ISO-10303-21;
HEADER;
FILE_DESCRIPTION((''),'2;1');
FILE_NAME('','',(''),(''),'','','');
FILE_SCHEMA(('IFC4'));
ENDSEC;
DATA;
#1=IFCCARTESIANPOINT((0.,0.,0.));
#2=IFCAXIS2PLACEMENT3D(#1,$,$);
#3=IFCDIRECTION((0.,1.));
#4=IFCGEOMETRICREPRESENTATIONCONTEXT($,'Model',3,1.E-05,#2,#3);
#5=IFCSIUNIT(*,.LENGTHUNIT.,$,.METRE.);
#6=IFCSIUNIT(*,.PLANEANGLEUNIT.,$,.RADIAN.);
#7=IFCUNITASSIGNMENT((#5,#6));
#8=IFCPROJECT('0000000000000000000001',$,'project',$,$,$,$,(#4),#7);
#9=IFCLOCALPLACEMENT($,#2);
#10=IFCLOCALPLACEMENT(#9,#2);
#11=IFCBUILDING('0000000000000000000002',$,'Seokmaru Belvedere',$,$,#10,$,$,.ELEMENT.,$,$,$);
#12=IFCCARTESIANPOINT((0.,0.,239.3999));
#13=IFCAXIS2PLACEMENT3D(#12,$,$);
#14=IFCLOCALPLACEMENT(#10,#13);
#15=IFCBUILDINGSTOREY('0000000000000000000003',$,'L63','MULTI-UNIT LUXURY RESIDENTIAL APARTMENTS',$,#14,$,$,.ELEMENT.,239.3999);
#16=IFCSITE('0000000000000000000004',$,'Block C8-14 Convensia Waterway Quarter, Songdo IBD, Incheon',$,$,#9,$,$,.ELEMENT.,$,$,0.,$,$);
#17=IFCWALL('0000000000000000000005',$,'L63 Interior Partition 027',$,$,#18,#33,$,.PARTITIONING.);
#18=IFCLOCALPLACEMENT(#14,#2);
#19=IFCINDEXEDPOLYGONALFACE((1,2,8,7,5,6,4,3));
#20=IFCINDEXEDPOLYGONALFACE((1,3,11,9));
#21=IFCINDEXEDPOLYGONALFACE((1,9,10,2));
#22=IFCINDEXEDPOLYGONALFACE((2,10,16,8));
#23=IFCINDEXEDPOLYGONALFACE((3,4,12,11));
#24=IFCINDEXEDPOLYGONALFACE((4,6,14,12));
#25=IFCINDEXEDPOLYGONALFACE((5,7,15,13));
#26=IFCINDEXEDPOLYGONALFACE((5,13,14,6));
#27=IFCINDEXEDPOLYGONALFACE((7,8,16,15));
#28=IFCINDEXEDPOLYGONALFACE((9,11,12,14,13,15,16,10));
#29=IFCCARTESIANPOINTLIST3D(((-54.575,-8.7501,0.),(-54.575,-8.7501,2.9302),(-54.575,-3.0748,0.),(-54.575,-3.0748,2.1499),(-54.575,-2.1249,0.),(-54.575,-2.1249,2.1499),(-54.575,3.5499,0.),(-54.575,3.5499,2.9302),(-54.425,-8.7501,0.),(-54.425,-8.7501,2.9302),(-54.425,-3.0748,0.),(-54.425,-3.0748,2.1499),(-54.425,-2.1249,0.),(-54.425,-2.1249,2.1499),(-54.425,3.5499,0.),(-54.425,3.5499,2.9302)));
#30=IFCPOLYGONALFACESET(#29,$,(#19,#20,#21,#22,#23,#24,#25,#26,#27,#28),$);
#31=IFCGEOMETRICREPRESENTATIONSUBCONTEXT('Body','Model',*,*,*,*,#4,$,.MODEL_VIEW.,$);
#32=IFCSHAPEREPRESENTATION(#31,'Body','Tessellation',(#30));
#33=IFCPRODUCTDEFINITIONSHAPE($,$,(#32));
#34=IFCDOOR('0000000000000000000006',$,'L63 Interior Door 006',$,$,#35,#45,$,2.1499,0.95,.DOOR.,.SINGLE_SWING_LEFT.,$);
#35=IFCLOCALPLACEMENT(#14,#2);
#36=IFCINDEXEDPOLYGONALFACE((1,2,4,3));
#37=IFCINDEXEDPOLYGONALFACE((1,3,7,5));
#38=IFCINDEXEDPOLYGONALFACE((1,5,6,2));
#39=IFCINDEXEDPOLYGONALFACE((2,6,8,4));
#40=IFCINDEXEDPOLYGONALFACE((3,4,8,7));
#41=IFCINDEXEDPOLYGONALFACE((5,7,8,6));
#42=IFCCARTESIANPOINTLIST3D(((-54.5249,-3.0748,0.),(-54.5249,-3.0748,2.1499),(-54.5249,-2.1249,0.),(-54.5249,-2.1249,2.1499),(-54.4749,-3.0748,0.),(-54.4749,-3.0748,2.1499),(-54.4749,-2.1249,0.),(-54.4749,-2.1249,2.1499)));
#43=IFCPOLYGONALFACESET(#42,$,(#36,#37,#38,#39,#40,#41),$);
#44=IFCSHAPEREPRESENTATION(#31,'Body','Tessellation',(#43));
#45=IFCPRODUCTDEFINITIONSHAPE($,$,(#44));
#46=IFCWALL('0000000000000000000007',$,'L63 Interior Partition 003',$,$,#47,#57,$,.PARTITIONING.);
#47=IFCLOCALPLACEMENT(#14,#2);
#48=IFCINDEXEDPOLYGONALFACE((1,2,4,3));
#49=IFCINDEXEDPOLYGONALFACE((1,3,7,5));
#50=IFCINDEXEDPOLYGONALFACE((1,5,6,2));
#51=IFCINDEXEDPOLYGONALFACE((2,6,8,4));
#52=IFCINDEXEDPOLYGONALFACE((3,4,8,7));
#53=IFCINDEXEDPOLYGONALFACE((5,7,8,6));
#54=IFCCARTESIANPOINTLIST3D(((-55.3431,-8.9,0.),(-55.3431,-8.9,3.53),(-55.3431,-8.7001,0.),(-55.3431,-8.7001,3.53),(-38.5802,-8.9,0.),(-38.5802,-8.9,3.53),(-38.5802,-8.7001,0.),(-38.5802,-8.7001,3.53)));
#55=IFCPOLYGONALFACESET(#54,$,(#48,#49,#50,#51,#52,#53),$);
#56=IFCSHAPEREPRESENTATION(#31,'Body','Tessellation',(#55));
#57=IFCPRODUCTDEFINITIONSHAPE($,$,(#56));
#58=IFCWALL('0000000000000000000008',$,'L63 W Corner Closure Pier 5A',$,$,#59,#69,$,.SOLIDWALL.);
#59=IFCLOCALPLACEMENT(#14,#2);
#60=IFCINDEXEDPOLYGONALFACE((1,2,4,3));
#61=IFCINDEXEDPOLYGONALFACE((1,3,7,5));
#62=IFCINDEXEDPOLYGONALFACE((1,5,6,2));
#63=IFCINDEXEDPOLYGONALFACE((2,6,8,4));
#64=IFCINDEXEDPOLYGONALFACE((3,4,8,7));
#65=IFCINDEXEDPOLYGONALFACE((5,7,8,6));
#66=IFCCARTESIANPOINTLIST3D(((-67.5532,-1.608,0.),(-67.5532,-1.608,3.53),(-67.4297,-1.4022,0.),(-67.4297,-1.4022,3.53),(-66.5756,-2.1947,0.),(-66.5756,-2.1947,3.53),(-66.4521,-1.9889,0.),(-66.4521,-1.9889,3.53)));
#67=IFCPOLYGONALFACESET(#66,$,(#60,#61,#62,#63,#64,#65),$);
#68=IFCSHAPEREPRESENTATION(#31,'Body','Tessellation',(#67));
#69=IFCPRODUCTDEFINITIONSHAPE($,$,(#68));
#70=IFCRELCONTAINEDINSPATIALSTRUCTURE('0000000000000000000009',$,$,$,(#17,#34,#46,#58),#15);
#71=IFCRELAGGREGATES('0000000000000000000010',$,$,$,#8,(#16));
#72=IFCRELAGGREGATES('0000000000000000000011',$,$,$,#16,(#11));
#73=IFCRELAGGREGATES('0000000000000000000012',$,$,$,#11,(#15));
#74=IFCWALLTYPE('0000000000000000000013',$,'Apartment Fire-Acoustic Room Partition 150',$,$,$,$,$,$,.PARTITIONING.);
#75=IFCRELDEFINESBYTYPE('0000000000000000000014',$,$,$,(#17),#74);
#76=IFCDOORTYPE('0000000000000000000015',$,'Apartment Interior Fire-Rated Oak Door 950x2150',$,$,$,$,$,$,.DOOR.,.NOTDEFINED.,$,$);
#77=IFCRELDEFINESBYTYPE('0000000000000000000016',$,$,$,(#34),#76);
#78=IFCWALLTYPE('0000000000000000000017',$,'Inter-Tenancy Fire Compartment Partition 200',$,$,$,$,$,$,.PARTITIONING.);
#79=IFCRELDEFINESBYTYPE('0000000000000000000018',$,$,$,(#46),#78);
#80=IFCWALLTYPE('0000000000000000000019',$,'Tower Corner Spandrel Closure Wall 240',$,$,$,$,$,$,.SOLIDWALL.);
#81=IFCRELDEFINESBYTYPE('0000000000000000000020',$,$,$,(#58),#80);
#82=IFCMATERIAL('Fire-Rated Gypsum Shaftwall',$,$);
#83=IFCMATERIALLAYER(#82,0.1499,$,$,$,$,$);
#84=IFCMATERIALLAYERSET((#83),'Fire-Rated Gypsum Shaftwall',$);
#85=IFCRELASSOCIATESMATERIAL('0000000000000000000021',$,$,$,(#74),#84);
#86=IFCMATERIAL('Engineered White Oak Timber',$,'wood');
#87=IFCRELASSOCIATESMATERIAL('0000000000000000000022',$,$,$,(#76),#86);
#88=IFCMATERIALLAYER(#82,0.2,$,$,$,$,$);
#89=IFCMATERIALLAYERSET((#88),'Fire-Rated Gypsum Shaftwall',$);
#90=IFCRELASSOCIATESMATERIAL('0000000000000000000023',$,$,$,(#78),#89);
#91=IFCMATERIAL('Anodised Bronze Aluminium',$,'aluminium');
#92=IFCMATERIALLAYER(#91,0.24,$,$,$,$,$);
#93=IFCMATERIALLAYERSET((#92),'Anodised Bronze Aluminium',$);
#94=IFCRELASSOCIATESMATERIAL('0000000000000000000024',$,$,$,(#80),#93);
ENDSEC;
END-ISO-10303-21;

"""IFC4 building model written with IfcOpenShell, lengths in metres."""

from ifc_helpers import new_model, si_unit, direction, frame, frame_2d, origin, place, context, subcontext, project, spatial, rectangle, extrude, source, transform, mapped, material, layer, layer_set, type_object, type_shapes, element, fill, save


model = new_model("IFC4")

# Units and contexts
model_context = context("Model", 3, precision=1e-05, world=origin(), true_north=direction((0.0, 1.0)))
body_context = subcontext(model_context, "Body", "Model", "MODEL_VIEW")
ifc_project = project(units=[si_unit("LENGTHUNIT", "METRE"), si_unit("PLANEANGLEUNIT", "RADIAN")], contexts=[model_context])

# Site, building, storey
site_placement = place(None, origin())
site = spatial("IfcSite", under=ifc_project, at=site_placement, Name="Block C8-14 Convensia Waterway Quarter, Songdo IBD, Incheon", CompositionType="ELEMENT", RefElevation=0.0)
building_placement = place(site_placement, origin())
building = spatial("IfcBuilding", under=site, at=building_placement, Name="Seokmaru Belvedere", CompositionType="ELEMENT")
storey_placement = place(building_placement, frame((0.0, 0.0, 239.3999)))
storey = spatial("IfcBuildingStorey", under=building, at=storey_placement, Name="L63", Description="MULTI-UNIT LUXURY RESIDENTIAL APARTMENTS", CompositionType="ELEMENT", Elevation=239.3999)

# Shared definitions
ifc_material_1 = material(Name="Anodised Bronze Aluminium", Category="aluminium")

# Shared definitions
ifc_material_2 = material(Name="Fire-Rated Gypsum Shaftwall")
ifc_layer_1 = layer(ifc_material_2, 0.1499)
ifc_layer_set_1 = layer_set([ifc_layer_1], Name="Fire-Rated Gypsum Shaftwall")
wall_type_1 = type_object("IfcWallType", Name="Apartment Fire-Acoustic Room Partition 150", PredefinedType="PARTITIONING", material=ifc_layer_set_1)
ifc_material_3 = material(Name="Engineered White Oak Timber", Category="wood")
door_type = type_object("IfcDoorType", Name="Apartment Interior Fire-Rated Oak Door 950x2150", OperationType="NOTDEFINED", PredefinedType="DOOR", material=ifc_material_3)
shared_shape_1 = source(origin(), body_context, "Body", "SweptSolid", [
    extrude(rectangle(XDim=0.95, YDim=2.1499, at=frame_2d((0.4751, 1.075))), frame((0.0, 0.0249, 0.0), z_axis=(0.0, -1.0, 0.0), x_axis=(1.0, 0.0, 0.0)), (0.0, 0.0, 1.0), 0.05),
])
type_shapes(door_type, [shared_shape_1])

# Wall, opening, door
wall_1_placement = place(storey_placement, frame((-54.5, -8.75, 0.0), z_axis=(0.0, 0.0, 1.0), x_axis=(0.0, 1.0, 0.0)))
wall_1 = element("IfcWall", 1, at=wall_1_placement, inside=storey, type_object=wall_type_1, Name="L63 Interior Partition 027", PredefinedType="PARTITIONING", context=body_context, shape_type="SweptSolid", body=[
    extrude(rectangle(XDim=12.3, YDim=0.1499, at=frame_2d((6.1499, 0.0))), origin(), (0.0, 0.0, 1.0), 2.9302),
])
opening_1_placement = place(wall_1_placement, frame((5.675, 0.0, 0.0)))
opening_1 = element("IfcOpeningElement", 2, at=opening_1_placement, cuts=wall_1, PredefinedType="OPENING", context=body_context, shape_type="SweptSolid", body=[
    extrude(rectangle(XDim=0.95, YDim=2.1499, at=frame_2d((0.4751, 1.075))), frame((0.0, 0.085, 0.0), z_axis=(0.0, -1.0, 0.0), x_axis=(1.0, 0.0, 0.0)), (0.0, 0.0, 1.0), 0.1699),
])
door_1_placement = place(opening_1_placement, origin())
door_1 = element("IfcDoor", 3, at=door_1_placement, inside=storey, type_object=door_type, Name="L63 Interior Door 006", OperationType="SINGLE_SWING_LEFT", OverallHeight=2.1499, OverallWidth=0.95, PredefinedType="DOOR", context=body_context, shape_type="MappedRepresentation", body=[
    mapped(shared_shape_1, transform((0.0, 0.0, 0.0), scale=1.0)),
])
fill(opening_1, door_1)

# Walls
ifc_layer_2 = layer(ifc_material_2, 0.2)
ifc_layer_set_2 = layer_set([ifc_layer_2], Name="Fire-Rated Gypsum Shaftwall")
wall_type_2 = type_object("IfcWallType", Name="Inter-Tenancy Fire Compartment Partition 200", PredefinedType="PARTITIONING", material=ifc_layer_set_2)
wall_2_placement = place(storey_placement, frame((-55.343, -8.8, 0.0), z_axis=(0.0, 0.0, 1.0), x_axis=(1.0, 0.0, 0.0)))
element("IfcWall", 4, at=wall_2_placement, inside=storey, type_object=wall_type_2, Name="L63 Interior Partition 003", PredefinedType="PARTITIONING", context=body_context, shape_type="SweptSolid", body=[
    extrude(rectangle(XDim=16.7629, YDim=0.2, at=frame_2d((8.3813, 0.0))), origin(), (0.0, 0.0, 1.0), 3.53),
])
ifc_layer_3 = layer(ifc_material_1, 0.24)
ifc_layer_set_3 = layer_set([ifc_layer_3], Name="Anodised Bronze Aluminium")
wall_type_3 = type_object("IfcWallType", Name="Tower Corner Spandrel Closure Wall 240", PredefinedType="SOLIDWALL", material=ifc_layer_set_3)
wall_3_placement = place(storey_placement, frame((-67.4915, -1.5051, 0.0), z_axis=(0.0, 0.0, 1.0), x_axis=(0.857436, -0.51459, 0.0)))
element("IfcWall", 5, at=wall_3_placement, inside=storey, type_object=wall_type_3, Name="L63 W Corner Closure Pier 5A", PredefinedType="SOLIDWALL", context=body_context, shape_type="SweptSolid", body=[
    extrude(rectangle(XDim=1.1401, YDim=0.24, at=frame_2d((0.5701, 0.0))), origin(), (0.0, 0.0, 1.0), 3.53),
])

save(model, "model.ifc")
